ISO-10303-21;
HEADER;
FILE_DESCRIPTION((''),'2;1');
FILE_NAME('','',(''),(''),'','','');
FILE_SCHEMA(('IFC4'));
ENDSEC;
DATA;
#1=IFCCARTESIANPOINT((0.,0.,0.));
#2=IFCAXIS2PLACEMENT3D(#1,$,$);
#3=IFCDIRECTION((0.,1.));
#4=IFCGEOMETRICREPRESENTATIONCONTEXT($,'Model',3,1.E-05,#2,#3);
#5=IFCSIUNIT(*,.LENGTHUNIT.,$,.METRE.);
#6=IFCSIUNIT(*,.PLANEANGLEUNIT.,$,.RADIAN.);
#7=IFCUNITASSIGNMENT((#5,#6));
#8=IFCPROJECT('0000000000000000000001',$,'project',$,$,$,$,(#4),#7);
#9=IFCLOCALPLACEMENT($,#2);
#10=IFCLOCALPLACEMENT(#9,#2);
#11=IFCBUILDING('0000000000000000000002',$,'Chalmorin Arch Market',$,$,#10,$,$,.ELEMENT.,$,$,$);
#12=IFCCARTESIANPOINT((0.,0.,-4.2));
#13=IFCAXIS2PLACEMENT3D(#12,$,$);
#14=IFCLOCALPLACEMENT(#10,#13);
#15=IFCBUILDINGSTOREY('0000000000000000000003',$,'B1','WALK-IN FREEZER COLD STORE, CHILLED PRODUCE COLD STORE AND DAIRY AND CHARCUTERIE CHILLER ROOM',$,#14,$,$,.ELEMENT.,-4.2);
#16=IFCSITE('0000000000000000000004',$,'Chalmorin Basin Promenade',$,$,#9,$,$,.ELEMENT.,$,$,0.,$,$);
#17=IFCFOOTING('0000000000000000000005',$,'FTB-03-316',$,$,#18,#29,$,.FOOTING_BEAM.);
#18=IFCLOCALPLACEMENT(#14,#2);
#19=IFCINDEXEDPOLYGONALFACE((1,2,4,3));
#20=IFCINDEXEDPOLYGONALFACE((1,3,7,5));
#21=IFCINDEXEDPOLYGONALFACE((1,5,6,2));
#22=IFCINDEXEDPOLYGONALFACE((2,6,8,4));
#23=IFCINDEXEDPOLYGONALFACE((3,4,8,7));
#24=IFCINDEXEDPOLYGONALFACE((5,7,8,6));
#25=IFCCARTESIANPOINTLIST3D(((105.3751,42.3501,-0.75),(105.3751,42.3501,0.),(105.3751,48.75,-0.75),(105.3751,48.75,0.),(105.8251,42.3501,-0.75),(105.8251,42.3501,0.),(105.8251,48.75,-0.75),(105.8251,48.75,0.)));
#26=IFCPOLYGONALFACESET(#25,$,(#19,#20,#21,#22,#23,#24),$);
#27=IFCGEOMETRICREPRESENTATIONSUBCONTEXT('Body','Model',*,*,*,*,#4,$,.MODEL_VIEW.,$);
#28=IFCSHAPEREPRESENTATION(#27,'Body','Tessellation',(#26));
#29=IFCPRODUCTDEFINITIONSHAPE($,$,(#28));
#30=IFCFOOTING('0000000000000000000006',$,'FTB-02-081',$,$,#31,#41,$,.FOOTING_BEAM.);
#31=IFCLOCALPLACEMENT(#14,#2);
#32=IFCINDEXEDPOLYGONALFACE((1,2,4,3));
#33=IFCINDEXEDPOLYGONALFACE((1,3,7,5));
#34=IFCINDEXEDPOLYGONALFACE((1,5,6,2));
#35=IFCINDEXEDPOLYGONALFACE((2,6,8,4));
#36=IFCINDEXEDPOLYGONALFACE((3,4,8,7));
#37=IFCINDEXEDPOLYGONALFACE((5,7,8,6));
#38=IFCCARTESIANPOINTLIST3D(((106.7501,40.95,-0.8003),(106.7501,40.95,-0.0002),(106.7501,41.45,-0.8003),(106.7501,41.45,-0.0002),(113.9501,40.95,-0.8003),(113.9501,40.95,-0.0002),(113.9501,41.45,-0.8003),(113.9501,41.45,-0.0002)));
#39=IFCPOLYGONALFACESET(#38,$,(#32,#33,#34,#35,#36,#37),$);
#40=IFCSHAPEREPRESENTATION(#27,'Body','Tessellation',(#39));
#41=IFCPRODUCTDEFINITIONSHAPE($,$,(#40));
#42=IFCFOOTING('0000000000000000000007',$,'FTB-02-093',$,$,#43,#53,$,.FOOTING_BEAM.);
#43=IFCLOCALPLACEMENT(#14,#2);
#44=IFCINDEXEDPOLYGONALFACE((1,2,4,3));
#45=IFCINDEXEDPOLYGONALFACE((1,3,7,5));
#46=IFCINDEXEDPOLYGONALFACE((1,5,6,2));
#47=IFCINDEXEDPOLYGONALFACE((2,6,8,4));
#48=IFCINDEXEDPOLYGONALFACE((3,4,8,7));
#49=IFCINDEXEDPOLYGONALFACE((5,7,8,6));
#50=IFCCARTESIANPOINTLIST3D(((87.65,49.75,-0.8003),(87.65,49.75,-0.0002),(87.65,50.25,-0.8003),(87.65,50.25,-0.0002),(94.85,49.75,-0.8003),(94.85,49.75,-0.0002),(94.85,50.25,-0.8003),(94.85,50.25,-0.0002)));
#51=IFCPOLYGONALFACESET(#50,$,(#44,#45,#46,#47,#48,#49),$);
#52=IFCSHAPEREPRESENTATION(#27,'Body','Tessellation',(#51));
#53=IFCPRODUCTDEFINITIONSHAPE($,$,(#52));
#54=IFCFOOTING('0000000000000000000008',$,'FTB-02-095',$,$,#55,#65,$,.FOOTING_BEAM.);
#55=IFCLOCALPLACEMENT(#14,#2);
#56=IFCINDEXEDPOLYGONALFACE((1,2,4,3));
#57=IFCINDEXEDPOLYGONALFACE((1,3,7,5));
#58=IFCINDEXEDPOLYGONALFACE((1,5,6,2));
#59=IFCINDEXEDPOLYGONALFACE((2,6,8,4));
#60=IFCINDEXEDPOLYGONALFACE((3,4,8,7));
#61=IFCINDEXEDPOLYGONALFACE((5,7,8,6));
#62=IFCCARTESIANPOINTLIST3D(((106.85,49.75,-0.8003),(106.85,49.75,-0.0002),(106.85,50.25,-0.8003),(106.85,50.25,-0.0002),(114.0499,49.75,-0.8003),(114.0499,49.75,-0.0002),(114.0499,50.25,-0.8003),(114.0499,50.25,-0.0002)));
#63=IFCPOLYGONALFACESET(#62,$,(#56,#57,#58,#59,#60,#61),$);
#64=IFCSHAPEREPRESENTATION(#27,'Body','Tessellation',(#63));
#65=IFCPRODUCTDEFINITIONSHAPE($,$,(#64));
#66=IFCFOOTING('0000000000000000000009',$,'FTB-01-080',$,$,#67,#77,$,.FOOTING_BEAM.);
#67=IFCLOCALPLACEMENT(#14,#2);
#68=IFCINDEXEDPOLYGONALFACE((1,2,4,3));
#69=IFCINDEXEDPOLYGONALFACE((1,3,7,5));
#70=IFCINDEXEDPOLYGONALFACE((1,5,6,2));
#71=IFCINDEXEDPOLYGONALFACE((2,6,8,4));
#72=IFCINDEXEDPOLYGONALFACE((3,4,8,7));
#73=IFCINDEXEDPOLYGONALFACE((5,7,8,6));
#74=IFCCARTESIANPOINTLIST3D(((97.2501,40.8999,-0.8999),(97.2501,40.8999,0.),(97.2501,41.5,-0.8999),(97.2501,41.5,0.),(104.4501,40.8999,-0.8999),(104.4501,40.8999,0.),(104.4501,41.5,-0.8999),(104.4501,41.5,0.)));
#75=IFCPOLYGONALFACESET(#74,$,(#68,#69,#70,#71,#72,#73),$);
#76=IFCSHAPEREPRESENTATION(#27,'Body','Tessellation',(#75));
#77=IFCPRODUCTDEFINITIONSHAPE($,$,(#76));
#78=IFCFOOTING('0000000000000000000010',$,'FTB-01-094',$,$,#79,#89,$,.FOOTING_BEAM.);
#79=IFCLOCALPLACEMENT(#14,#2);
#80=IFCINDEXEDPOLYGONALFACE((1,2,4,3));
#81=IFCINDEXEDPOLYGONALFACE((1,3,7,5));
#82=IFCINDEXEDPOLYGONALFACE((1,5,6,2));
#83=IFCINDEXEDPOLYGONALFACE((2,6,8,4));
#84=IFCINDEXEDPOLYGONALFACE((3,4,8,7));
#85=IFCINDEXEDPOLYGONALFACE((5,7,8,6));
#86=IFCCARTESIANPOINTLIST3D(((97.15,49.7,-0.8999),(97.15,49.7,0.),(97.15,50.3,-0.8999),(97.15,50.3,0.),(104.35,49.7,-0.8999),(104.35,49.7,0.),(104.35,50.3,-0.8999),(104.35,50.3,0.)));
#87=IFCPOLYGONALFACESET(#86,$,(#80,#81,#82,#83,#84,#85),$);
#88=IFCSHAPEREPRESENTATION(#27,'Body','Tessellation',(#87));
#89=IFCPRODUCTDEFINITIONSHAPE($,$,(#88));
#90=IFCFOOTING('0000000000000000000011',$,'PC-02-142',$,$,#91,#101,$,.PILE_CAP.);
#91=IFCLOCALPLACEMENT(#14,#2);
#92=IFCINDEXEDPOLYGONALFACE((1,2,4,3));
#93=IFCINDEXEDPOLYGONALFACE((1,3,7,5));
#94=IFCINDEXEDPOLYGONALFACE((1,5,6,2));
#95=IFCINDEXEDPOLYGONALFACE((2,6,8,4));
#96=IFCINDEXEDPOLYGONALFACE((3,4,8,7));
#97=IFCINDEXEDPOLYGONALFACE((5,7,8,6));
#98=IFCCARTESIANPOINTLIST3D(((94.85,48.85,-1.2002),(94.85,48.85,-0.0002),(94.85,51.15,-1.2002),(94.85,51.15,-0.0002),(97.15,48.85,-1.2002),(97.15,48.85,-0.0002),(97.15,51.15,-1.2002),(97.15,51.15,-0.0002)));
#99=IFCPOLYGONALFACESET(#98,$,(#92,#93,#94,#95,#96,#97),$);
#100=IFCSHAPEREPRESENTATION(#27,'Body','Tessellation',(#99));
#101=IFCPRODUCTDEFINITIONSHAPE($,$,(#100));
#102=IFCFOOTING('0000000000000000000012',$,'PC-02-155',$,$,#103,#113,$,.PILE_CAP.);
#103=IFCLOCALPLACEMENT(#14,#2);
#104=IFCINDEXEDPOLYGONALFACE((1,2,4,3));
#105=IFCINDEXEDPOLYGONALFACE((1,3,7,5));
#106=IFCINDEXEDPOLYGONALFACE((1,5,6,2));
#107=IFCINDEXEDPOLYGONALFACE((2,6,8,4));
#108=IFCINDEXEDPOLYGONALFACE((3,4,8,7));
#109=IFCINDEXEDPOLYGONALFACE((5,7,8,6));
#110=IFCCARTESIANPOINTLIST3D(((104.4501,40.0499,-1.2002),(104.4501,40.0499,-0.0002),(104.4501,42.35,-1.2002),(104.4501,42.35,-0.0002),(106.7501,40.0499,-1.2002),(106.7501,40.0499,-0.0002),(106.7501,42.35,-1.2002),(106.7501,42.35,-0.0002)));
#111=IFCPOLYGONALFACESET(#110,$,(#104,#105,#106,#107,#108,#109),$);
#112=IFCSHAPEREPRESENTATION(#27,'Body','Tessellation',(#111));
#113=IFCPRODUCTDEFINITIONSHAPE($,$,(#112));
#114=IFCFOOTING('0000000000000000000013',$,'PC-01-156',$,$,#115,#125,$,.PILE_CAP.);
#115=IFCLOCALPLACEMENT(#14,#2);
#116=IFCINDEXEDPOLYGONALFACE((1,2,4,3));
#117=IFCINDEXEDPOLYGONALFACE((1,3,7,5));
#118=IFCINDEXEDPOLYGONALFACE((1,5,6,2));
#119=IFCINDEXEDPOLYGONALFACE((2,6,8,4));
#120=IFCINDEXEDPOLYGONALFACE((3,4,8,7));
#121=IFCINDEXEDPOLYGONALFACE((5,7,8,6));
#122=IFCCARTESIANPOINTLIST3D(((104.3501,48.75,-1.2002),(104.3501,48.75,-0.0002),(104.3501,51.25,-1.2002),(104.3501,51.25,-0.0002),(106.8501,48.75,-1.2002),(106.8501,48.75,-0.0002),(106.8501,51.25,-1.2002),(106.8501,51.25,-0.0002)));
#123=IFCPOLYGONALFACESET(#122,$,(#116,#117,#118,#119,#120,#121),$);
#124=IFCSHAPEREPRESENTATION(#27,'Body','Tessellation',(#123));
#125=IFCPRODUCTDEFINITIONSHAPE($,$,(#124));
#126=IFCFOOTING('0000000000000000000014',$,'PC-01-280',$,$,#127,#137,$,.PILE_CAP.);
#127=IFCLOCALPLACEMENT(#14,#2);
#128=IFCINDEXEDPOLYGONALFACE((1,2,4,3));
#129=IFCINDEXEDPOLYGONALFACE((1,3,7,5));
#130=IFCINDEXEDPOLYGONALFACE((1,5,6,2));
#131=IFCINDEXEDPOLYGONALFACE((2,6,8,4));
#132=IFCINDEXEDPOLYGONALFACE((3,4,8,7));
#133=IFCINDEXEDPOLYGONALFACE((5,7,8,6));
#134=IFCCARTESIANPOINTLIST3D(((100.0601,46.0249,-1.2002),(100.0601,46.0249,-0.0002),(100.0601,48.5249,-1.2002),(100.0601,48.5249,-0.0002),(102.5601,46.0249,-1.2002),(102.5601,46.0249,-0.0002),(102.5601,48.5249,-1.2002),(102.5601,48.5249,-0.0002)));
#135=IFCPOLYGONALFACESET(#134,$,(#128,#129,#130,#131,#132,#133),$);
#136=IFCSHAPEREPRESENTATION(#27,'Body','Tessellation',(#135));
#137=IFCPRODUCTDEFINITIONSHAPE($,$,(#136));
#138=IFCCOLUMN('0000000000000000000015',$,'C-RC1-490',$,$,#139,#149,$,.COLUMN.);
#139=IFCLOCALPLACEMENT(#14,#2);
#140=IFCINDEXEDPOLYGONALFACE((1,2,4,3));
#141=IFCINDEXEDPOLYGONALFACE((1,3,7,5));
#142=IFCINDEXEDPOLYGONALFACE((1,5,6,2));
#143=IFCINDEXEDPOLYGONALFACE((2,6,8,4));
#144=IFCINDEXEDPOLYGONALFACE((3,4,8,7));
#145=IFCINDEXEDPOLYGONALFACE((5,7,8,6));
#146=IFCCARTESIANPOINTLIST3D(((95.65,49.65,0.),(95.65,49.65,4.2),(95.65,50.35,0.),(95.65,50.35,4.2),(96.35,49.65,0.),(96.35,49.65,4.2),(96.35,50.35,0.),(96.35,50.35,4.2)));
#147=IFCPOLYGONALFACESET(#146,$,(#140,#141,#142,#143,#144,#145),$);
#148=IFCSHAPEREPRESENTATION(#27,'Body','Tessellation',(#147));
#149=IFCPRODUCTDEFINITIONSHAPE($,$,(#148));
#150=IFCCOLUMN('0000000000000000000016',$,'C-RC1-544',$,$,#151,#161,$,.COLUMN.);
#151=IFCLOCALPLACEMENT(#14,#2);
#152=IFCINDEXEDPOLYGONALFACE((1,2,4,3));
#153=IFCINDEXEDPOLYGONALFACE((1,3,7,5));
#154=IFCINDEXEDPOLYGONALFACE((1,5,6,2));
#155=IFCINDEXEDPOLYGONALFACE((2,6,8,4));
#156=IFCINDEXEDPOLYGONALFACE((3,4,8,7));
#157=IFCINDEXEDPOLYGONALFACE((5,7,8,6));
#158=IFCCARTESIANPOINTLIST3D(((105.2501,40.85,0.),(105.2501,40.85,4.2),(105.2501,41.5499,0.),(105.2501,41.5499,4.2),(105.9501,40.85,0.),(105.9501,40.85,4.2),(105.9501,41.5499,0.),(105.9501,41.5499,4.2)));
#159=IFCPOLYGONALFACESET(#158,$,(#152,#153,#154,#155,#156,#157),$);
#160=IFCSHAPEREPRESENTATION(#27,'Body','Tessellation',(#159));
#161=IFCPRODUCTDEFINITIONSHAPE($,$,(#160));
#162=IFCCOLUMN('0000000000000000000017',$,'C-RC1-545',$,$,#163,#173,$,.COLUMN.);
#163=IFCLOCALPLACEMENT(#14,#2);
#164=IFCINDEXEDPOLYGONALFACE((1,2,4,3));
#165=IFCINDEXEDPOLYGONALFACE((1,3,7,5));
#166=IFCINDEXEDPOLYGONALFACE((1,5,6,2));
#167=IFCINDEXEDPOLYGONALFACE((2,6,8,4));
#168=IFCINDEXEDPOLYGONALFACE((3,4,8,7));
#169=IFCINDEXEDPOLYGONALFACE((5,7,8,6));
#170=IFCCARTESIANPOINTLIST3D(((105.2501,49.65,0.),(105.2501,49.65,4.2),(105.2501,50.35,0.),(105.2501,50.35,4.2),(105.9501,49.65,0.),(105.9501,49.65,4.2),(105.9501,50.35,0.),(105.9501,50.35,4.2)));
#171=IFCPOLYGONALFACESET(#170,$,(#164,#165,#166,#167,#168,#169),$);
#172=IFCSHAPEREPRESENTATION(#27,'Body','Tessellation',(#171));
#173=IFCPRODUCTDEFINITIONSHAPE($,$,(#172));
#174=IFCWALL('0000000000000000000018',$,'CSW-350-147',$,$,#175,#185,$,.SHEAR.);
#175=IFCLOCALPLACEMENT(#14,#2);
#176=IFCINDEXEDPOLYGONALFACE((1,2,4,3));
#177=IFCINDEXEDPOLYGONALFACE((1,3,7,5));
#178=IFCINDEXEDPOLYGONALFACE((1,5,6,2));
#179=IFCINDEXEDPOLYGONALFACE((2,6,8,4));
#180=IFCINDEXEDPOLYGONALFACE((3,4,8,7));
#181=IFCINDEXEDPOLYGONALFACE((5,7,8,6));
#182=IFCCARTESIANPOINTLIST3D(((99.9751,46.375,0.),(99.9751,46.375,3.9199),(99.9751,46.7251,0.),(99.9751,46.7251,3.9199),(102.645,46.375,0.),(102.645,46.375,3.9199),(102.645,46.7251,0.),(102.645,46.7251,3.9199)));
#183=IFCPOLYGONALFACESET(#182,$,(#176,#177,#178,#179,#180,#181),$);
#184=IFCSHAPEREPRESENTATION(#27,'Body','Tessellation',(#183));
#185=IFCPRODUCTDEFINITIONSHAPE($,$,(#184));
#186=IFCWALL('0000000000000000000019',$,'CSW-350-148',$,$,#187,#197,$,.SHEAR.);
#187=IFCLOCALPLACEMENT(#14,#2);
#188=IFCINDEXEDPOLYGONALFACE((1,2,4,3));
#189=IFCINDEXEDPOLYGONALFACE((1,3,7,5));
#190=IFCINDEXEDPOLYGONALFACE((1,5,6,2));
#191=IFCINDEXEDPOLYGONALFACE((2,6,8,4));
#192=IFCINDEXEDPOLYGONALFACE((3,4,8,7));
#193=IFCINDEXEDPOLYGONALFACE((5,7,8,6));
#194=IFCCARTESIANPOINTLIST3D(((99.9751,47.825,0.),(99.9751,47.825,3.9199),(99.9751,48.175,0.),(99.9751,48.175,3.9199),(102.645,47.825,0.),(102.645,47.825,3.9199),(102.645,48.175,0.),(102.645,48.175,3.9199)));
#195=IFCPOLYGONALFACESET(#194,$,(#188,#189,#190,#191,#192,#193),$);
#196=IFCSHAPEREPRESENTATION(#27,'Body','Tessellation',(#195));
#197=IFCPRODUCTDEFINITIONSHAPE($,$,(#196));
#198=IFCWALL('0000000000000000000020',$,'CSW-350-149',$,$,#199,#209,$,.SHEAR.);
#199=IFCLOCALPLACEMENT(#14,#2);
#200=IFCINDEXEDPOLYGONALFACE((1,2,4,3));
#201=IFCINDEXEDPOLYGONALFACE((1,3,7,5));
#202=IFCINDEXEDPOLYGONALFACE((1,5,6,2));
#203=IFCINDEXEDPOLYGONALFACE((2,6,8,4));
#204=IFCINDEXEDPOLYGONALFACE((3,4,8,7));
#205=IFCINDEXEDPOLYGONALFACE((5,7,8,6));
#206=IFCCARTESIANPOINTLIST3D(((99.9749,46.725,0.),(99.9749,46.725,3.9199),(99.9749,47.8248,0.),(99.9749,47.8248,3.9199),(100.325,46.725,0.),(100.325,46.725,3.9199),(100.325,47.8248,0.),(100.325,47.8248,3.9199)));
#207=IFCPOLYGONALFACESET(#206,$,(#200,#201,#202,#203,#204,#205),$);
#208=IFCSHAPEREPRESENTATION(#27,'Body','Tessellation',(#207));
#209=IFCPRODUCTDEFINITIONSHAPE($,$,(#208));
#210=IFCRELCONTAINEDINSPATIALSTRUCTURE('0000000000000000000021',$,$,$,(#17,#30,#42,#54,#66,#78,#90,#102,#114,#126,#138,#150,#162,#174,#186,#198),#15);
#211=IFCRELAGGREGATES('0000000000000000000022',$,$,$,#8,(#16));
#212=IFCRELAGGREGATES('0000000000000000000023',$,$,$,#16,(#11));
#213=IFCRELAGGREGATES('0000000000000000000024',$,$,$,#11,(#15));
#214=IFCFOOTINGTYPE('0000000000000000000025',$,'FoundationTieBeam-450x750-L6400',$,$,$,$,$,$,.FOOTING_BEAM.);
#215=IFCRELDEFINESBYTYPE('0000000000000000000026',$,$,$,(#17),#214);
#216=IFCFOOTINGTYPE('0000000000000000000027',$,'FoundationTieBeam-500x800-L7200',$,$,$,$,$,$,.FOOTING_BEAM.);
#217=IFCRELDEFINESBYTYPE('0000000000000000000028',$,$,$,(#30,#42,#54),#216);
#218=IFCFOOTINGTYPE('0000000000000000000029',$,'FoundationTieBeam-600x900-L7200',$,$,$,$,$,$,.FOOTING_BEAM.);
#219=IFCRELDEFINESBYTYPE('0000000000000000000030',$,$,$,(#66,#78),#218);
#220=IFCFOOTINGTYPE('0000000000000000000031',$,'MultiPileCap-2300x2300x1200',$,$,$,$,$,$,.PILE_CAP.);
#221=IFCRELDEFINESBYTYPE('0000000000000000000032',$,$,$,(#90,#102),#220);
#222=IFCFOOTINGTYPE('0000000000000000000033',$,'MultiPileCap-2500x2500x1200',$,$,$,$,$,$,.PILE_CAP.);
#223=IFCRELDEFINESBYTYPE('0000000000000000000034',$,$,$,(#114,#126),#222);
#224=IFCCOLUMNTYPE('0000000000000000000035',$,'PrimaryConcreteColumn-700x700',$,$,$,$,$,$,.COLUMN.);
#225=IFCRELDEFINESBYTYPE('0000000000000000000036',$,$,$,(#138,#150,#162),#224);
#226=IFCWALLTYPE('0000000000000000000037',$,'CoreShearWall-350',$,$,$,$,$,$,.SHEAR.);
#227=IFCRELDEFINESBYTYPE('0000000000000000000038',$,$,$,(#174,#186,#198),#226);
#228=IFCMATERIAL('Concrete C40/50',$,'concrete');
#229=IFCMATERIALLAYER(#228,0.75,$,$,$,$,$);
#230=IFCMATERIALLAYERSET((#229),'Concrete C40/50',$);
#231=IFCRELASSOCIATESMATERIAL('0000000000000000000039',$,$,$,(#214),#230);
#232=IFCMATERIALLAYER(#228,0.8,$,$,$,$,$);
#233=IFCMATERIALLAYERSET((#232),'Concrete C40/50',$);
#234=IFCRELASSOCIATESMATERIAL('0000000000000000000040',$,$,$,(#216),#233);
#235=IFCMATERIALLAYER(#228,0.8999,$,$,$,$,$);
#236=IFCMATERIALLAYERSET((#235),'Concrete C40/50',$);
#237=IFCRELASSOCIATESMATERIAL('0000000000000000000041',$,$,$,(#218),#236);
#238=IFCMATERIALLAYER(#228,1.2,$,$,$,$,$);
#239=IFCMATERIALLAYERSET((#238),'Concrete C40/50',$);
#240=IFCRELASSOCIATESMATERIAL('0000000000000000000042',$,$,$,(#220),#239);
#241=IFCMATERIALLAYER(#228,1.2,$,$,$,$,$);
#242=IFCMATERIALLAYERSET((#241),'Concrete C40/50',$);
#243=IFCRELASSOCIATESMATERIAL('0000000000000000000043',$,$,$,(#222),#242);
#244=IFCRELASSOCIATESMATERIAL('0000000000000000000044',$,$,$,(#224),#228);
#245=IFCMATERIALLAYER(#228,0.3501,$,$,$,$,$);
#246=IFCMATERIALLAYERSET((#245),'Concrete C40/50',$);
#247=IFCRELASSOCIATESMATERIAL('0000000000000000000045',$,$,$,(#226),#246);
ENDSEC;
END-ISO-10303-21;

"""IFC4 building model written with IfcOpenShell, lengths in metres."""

from ifc_helpers import new_model, si_unit, direction, frame, frame_2d, origin, origin_2d, place, context, subcontext, project, spatial, rectangle, extrude, material, layer, layer_set, material_profile, profile_set, type_object, element, save


model = new_model("IFC4")

# Units and contexts
model_context = context("Model", 3, precision=1e-05, world=origin(), true_north=direction((0.0, 1.0)))
body_context = subcontext(model_context, "Body", "Model", "MODEL_VIEW")
ifc_project = project(units=[si_unit("LENGTHUNIT", "METRE"), si_unit("PLANEANGLEUNIT", "RADIAN")], contexts=[model_context])

# Site, building, storey
site_placement = place(None, origin())
site = spatial("IfcSite", under=ifc_project, at=site_placement, Name="Chalmorin Basin Promenade", CompositionType="ELEMENT", RefElevation=0.0)
building_placement = place(site_placement, origin())
building = spatial("IfcBuilding", under=site, at=building_placement, Name="Chalmorin Arch Market", CompositionType="ELEMENT")
storey_placement = place(building_placement, frame((0.0, 0.0, -4.2)))
storey = spatial("IfcBuildingStorey", under=building, at=storey_placement, Name="B1", Description="WALK-IN FREEZER COLD STORE, CHILLED PRODUCE COLD STORE AND DAIRY AND CHARCUTERIE CHILLER ROOM", CompositionType="ELEMENT", Elevation=-4.2)

# Footings
ifc_material_1 = material(Name="Concrete C40/50", Category="concrete")
ifc_layer_1 = layer(ifc_material_1, 0.75)
ifc_layer_set_1 = layer_set([ifc_layer_1], Name="Concrete C40/50")
footing_type_1 = type_object("IfcFootingType", Name="FoundationTieBeam-450x750-L6400", PredefinedType="FOOTING_BEAM", material=ifc_layer_set_1)
for number, where, z_axis, x_axis, name in (
    (1, (105.6001, 45.55, -0.75), (0.0, 0.0, 1.0), (0.0, 1.0, 0.0), "FTB-03-316"),
):
    element("IfcFooting", number, at=place(storey_placement, frame(where, z_axis=z_axis, x_axis=x_axis)), inside=storey, type_object=footing_type_1, Name=name, PredefinedType="FOOTING_BEAM", context=body_context, shape_type="SweptSolid", body=[
        extrude(rectangle(XDim=6.3999, YDim=0.45, at=origin_2d()), origin(), (0.0, 0.0, 1.0), 0.75),
    ])
ifc_layer_2 = layer(ifc_material_1, 0.8)
ifc_layer_set_2 = layer_set([ifc_layer_2], Name="Concrete C40/50")
footing_type_2 = type_object("IfcFootingType", Name="FoundationTieBeam-500x800-L7200", PredefinedType="FOOTING_BEAM", material=ifc_layer_set_2)
for number, where, z_axis, x_axis, name in (
    (2, (110.3501, 41.2, -0.8003), (0.0, 0.0, 1.0), (1.0, 0.0, 0.0), "FTB-02-081"),
    (3, (91.25, 50.0, -0.8003), (0.0, 0.0, 1.0), (1.0, 0.0, 0.0), "FTB-02-093"),
    (4, (110.45, 50.0, -0.8003), (0.0, 0.0, 1.0), (1.0, 0.0, 0.0), "FTB-02-095"),
):
    element("IfcFooting", number, at=place(storey_placement, frame(where, z_axis=z_axis, x_axis=x_axis)), inside=storey, type_object=footing_type_2, Name=name, PredefinedType="FOOTING_BEAM", context=body_context, shape_type="SweptSolid", body=[
        extrude(rectangle(XDim=7.2, YDim=0.5, at=origin_2d()), origin(), (0.0, 0.0, 1.0), 0.8),
    ])
ifc_layer_3 = layer(ifc_material_1, 0.8999)
ifc_layer_set_3 = layer_set([ifc_layer_3], Name="Concrete C40/50")
footing_type_3 = type_object("IfcFootingType", Name="FoundationTieBeam-600x900-L7200", PredefinedType="FOOTING_BEAM", material=ifc_layer_set_3)
for number, where, z_axis, x_axis, name in (
    (5, (100.8501, 41.2, -0.8999), (0.0, 0.0, 1.0), (1.0, 0.0, 0.0), "FTB-01-080"),
    (6, (100.75, 50.0, -0.8999), (0.0, 0.0, 1.0), (1.0, 0.0, 0.0), "FTB-01-094"),
):
    element("IfcFooting", number, at=place(storey_placement, frame(where, z_axis=z_axis, x_axis=x_axis)), inside=storey, type_object=footing_type_3, Name=name, PredefinedType="FOOTING_BEAM", context=body_context, shape_type="SweptSolid", body=[
        extrude(rectangle(XDim=7.2, YDim=0.6001, at=origin_2d()), origin(), (0.0, 0.0, 1.0), 0.8999),
    ])
ifc_layer_4 = layer(ifc_material_1, 1.2)
ifc_layer_set_4 = layer_set([ifc_layer_4], Name="Concrete C40/50")
footing_type_4 = type_object("IfcFootingType", Name="MultiPileCap-2300x2300x1200", PredefinedType="PILE_CAP", material=ifc_layer_set_4)
for number, where, z_axis, x_axis, name in (
    (7, (96.0, 50.0, -1.2002), (0.0, 0.0, 1.0), (1.0, 0.0, 0.0), "PC-02-142"),
    (8, (105.6001, 41.2, -1.2002), (0.0, 0.0, 1.0), (1.0, 0.0, 0.0), "PC-02-155"),
):
    element("IfcFooting", number, at=place(storey_placement, frame(where, z_axis=z_axis, x_axis=x_axis)), inside=storey, type_object=footing_type_4, Name=name, PredefinedType="PILE_CAP", context=body_context, shape_type="SweptSolid", body=[
        extrude(rectangle(XDim=2.3, YDim=2.3, at=origin_2d()), origin(), (0.0, 0.0, 1.0), 1.2),
    ])
ifc_layer_5 = layer(ifc_material_1, 1.2)
ifc_layer_set_5 = layer_set([ifc_layer_5], Name="Concrete C40/50")
footing_type_5 = type_object("IfcFootingType", Name="MultiPileCap-2500x2500x1200", PredefinedType="PILE_CAP", material=ifc_layer_set_5)
for number, where, z_axis, x_axis, name in (
    (9, (105.6001, 50.0, -1.2002), (0.0, 0.0, 1.0), (1.0, 0.0, 0.0), "PC-01-156"),
    (10, (101.3101, 47.2749, -1.2002), (0.0, 0.0, 1.0), (1.0, 0.0, 0.0), "PC-01-280"),
):
    element("IfcFooting", number, at=place(storey_placement, frame(where, z_axis=z_axis, x_axis=x_axis)), inside=storey, type_object=footing_type_5, Name=name, PredefinedType="PILE_CAP", context=body_context, shape_type="SweptSolid", body=[
        extrude(rectangle(XDim=2.5, YDim=2.5, at=origin_2d()), origin(), (0.0, 0.0, 1.0), 1.2),
    ])

# Columns
ifc_material_profile_1 = material_profile(ifc_material_1, rectangle(XDim=0.7, YDim=0.7, at=origin_2d()), Name="RC700X700")
ifc_profile_set_1 = profile_set([ifc_material_profile_1], Name="Concrete C40/50")
column_type = type_object("IfcColumnType", Name="PrimaryConcreteColumn-700x700", PredefinedType="COLUMN", material=ifc_profile_set_1)
for number, where, z_axis, x_axis, name in (
    (11, (96.0, 50.0, 0.0), (0.0, 0.0, 1.0), (1.0, 0.0, 0.0), "C-RC1-490"),
    (12, (105.6001, 41.2, 0.0), (0.0, 0.0, 1.0), (1.0, 0.0, 0.0), "C-RC1-544"),
    (13, (105.6001, 50.0, 0.0), (0.0, 0.0, 1.0), (1.0, 0.0, 0.0), "C-RC1-545"),
):
    element("IfcColumn", number, at=place(storey_placement, frame(where, z_axis=z_axis, x_axis=x_axis)), inside=storey, type_object=column_type, Name=name, PredefinedType="COLUMN", context=body_context, shape_type="SweptSolid", body=[
        extrude(rectangle(XDim=0.7, YDim=0.7, at=origin_2d()), origin(), (0.0, 0.0, 1.0), 4.2),
    ])

# Walls
ifc_layer_6 = layer(ifc_material_1, 0.3501)
ifc_layer_set_6 = layer_set([ifc_layer_6], Name="Concrete C40/50")
wall_type = type_object("IfcWallType", Name="CoreShearWall-350", PredefinedType="SHEAR", material=ifc_layer_set_6)
for number, where, z_axis, x_axis, name in (
    (14, (99.9751, 46.55, 0.0), (0.0, 0.0, 1.0), (1.0, 0.0, 0.0), "CSW-350-147"),
    (15, (99.9751, 48.0, 0.0), (0.0, 0.0, 1.0), (1.0, 0.0, 0.0), "CSW-350-148"),
):
    element("IfcWall", number, at=place(storey_placement, frame(where, z_axis=z_axis, x_axis=x_axis)), inside=storey, type_object=wall_type, Name=name, PredefinedType="SHEAR", context=body_context, shape_type="SweptSolid", body=[
        extrude(rectangle(XDim=2.6699, YDim=0.3501, at=frame_2d((1.335, 0.0))), origin(), (0.0, 0.0, 1.0), 3.9199),
    ])
wall_placement = place(storey_placement, frame((100.1499, 46.7251, 0.0), z_axis=(0.0, 0.0, 1.0), x_axis=(0.0, 1.0, 0.0)))
element("IfcWall", 16, at=wall_placement, inside=storey, type_object=wall_type, Name="CSW-350-149", PredefinedType="SHEAR", context=body_context, shape_type="SweptSolid", body=[
    extrude(rectangle(XDim=1.0999, YDim=0.3501, at=frame_2d((0.5498, 0.0))), origin(), (0.0, 0.0, 1.0), 3.9199),
])

save(model, "model.ifc")
